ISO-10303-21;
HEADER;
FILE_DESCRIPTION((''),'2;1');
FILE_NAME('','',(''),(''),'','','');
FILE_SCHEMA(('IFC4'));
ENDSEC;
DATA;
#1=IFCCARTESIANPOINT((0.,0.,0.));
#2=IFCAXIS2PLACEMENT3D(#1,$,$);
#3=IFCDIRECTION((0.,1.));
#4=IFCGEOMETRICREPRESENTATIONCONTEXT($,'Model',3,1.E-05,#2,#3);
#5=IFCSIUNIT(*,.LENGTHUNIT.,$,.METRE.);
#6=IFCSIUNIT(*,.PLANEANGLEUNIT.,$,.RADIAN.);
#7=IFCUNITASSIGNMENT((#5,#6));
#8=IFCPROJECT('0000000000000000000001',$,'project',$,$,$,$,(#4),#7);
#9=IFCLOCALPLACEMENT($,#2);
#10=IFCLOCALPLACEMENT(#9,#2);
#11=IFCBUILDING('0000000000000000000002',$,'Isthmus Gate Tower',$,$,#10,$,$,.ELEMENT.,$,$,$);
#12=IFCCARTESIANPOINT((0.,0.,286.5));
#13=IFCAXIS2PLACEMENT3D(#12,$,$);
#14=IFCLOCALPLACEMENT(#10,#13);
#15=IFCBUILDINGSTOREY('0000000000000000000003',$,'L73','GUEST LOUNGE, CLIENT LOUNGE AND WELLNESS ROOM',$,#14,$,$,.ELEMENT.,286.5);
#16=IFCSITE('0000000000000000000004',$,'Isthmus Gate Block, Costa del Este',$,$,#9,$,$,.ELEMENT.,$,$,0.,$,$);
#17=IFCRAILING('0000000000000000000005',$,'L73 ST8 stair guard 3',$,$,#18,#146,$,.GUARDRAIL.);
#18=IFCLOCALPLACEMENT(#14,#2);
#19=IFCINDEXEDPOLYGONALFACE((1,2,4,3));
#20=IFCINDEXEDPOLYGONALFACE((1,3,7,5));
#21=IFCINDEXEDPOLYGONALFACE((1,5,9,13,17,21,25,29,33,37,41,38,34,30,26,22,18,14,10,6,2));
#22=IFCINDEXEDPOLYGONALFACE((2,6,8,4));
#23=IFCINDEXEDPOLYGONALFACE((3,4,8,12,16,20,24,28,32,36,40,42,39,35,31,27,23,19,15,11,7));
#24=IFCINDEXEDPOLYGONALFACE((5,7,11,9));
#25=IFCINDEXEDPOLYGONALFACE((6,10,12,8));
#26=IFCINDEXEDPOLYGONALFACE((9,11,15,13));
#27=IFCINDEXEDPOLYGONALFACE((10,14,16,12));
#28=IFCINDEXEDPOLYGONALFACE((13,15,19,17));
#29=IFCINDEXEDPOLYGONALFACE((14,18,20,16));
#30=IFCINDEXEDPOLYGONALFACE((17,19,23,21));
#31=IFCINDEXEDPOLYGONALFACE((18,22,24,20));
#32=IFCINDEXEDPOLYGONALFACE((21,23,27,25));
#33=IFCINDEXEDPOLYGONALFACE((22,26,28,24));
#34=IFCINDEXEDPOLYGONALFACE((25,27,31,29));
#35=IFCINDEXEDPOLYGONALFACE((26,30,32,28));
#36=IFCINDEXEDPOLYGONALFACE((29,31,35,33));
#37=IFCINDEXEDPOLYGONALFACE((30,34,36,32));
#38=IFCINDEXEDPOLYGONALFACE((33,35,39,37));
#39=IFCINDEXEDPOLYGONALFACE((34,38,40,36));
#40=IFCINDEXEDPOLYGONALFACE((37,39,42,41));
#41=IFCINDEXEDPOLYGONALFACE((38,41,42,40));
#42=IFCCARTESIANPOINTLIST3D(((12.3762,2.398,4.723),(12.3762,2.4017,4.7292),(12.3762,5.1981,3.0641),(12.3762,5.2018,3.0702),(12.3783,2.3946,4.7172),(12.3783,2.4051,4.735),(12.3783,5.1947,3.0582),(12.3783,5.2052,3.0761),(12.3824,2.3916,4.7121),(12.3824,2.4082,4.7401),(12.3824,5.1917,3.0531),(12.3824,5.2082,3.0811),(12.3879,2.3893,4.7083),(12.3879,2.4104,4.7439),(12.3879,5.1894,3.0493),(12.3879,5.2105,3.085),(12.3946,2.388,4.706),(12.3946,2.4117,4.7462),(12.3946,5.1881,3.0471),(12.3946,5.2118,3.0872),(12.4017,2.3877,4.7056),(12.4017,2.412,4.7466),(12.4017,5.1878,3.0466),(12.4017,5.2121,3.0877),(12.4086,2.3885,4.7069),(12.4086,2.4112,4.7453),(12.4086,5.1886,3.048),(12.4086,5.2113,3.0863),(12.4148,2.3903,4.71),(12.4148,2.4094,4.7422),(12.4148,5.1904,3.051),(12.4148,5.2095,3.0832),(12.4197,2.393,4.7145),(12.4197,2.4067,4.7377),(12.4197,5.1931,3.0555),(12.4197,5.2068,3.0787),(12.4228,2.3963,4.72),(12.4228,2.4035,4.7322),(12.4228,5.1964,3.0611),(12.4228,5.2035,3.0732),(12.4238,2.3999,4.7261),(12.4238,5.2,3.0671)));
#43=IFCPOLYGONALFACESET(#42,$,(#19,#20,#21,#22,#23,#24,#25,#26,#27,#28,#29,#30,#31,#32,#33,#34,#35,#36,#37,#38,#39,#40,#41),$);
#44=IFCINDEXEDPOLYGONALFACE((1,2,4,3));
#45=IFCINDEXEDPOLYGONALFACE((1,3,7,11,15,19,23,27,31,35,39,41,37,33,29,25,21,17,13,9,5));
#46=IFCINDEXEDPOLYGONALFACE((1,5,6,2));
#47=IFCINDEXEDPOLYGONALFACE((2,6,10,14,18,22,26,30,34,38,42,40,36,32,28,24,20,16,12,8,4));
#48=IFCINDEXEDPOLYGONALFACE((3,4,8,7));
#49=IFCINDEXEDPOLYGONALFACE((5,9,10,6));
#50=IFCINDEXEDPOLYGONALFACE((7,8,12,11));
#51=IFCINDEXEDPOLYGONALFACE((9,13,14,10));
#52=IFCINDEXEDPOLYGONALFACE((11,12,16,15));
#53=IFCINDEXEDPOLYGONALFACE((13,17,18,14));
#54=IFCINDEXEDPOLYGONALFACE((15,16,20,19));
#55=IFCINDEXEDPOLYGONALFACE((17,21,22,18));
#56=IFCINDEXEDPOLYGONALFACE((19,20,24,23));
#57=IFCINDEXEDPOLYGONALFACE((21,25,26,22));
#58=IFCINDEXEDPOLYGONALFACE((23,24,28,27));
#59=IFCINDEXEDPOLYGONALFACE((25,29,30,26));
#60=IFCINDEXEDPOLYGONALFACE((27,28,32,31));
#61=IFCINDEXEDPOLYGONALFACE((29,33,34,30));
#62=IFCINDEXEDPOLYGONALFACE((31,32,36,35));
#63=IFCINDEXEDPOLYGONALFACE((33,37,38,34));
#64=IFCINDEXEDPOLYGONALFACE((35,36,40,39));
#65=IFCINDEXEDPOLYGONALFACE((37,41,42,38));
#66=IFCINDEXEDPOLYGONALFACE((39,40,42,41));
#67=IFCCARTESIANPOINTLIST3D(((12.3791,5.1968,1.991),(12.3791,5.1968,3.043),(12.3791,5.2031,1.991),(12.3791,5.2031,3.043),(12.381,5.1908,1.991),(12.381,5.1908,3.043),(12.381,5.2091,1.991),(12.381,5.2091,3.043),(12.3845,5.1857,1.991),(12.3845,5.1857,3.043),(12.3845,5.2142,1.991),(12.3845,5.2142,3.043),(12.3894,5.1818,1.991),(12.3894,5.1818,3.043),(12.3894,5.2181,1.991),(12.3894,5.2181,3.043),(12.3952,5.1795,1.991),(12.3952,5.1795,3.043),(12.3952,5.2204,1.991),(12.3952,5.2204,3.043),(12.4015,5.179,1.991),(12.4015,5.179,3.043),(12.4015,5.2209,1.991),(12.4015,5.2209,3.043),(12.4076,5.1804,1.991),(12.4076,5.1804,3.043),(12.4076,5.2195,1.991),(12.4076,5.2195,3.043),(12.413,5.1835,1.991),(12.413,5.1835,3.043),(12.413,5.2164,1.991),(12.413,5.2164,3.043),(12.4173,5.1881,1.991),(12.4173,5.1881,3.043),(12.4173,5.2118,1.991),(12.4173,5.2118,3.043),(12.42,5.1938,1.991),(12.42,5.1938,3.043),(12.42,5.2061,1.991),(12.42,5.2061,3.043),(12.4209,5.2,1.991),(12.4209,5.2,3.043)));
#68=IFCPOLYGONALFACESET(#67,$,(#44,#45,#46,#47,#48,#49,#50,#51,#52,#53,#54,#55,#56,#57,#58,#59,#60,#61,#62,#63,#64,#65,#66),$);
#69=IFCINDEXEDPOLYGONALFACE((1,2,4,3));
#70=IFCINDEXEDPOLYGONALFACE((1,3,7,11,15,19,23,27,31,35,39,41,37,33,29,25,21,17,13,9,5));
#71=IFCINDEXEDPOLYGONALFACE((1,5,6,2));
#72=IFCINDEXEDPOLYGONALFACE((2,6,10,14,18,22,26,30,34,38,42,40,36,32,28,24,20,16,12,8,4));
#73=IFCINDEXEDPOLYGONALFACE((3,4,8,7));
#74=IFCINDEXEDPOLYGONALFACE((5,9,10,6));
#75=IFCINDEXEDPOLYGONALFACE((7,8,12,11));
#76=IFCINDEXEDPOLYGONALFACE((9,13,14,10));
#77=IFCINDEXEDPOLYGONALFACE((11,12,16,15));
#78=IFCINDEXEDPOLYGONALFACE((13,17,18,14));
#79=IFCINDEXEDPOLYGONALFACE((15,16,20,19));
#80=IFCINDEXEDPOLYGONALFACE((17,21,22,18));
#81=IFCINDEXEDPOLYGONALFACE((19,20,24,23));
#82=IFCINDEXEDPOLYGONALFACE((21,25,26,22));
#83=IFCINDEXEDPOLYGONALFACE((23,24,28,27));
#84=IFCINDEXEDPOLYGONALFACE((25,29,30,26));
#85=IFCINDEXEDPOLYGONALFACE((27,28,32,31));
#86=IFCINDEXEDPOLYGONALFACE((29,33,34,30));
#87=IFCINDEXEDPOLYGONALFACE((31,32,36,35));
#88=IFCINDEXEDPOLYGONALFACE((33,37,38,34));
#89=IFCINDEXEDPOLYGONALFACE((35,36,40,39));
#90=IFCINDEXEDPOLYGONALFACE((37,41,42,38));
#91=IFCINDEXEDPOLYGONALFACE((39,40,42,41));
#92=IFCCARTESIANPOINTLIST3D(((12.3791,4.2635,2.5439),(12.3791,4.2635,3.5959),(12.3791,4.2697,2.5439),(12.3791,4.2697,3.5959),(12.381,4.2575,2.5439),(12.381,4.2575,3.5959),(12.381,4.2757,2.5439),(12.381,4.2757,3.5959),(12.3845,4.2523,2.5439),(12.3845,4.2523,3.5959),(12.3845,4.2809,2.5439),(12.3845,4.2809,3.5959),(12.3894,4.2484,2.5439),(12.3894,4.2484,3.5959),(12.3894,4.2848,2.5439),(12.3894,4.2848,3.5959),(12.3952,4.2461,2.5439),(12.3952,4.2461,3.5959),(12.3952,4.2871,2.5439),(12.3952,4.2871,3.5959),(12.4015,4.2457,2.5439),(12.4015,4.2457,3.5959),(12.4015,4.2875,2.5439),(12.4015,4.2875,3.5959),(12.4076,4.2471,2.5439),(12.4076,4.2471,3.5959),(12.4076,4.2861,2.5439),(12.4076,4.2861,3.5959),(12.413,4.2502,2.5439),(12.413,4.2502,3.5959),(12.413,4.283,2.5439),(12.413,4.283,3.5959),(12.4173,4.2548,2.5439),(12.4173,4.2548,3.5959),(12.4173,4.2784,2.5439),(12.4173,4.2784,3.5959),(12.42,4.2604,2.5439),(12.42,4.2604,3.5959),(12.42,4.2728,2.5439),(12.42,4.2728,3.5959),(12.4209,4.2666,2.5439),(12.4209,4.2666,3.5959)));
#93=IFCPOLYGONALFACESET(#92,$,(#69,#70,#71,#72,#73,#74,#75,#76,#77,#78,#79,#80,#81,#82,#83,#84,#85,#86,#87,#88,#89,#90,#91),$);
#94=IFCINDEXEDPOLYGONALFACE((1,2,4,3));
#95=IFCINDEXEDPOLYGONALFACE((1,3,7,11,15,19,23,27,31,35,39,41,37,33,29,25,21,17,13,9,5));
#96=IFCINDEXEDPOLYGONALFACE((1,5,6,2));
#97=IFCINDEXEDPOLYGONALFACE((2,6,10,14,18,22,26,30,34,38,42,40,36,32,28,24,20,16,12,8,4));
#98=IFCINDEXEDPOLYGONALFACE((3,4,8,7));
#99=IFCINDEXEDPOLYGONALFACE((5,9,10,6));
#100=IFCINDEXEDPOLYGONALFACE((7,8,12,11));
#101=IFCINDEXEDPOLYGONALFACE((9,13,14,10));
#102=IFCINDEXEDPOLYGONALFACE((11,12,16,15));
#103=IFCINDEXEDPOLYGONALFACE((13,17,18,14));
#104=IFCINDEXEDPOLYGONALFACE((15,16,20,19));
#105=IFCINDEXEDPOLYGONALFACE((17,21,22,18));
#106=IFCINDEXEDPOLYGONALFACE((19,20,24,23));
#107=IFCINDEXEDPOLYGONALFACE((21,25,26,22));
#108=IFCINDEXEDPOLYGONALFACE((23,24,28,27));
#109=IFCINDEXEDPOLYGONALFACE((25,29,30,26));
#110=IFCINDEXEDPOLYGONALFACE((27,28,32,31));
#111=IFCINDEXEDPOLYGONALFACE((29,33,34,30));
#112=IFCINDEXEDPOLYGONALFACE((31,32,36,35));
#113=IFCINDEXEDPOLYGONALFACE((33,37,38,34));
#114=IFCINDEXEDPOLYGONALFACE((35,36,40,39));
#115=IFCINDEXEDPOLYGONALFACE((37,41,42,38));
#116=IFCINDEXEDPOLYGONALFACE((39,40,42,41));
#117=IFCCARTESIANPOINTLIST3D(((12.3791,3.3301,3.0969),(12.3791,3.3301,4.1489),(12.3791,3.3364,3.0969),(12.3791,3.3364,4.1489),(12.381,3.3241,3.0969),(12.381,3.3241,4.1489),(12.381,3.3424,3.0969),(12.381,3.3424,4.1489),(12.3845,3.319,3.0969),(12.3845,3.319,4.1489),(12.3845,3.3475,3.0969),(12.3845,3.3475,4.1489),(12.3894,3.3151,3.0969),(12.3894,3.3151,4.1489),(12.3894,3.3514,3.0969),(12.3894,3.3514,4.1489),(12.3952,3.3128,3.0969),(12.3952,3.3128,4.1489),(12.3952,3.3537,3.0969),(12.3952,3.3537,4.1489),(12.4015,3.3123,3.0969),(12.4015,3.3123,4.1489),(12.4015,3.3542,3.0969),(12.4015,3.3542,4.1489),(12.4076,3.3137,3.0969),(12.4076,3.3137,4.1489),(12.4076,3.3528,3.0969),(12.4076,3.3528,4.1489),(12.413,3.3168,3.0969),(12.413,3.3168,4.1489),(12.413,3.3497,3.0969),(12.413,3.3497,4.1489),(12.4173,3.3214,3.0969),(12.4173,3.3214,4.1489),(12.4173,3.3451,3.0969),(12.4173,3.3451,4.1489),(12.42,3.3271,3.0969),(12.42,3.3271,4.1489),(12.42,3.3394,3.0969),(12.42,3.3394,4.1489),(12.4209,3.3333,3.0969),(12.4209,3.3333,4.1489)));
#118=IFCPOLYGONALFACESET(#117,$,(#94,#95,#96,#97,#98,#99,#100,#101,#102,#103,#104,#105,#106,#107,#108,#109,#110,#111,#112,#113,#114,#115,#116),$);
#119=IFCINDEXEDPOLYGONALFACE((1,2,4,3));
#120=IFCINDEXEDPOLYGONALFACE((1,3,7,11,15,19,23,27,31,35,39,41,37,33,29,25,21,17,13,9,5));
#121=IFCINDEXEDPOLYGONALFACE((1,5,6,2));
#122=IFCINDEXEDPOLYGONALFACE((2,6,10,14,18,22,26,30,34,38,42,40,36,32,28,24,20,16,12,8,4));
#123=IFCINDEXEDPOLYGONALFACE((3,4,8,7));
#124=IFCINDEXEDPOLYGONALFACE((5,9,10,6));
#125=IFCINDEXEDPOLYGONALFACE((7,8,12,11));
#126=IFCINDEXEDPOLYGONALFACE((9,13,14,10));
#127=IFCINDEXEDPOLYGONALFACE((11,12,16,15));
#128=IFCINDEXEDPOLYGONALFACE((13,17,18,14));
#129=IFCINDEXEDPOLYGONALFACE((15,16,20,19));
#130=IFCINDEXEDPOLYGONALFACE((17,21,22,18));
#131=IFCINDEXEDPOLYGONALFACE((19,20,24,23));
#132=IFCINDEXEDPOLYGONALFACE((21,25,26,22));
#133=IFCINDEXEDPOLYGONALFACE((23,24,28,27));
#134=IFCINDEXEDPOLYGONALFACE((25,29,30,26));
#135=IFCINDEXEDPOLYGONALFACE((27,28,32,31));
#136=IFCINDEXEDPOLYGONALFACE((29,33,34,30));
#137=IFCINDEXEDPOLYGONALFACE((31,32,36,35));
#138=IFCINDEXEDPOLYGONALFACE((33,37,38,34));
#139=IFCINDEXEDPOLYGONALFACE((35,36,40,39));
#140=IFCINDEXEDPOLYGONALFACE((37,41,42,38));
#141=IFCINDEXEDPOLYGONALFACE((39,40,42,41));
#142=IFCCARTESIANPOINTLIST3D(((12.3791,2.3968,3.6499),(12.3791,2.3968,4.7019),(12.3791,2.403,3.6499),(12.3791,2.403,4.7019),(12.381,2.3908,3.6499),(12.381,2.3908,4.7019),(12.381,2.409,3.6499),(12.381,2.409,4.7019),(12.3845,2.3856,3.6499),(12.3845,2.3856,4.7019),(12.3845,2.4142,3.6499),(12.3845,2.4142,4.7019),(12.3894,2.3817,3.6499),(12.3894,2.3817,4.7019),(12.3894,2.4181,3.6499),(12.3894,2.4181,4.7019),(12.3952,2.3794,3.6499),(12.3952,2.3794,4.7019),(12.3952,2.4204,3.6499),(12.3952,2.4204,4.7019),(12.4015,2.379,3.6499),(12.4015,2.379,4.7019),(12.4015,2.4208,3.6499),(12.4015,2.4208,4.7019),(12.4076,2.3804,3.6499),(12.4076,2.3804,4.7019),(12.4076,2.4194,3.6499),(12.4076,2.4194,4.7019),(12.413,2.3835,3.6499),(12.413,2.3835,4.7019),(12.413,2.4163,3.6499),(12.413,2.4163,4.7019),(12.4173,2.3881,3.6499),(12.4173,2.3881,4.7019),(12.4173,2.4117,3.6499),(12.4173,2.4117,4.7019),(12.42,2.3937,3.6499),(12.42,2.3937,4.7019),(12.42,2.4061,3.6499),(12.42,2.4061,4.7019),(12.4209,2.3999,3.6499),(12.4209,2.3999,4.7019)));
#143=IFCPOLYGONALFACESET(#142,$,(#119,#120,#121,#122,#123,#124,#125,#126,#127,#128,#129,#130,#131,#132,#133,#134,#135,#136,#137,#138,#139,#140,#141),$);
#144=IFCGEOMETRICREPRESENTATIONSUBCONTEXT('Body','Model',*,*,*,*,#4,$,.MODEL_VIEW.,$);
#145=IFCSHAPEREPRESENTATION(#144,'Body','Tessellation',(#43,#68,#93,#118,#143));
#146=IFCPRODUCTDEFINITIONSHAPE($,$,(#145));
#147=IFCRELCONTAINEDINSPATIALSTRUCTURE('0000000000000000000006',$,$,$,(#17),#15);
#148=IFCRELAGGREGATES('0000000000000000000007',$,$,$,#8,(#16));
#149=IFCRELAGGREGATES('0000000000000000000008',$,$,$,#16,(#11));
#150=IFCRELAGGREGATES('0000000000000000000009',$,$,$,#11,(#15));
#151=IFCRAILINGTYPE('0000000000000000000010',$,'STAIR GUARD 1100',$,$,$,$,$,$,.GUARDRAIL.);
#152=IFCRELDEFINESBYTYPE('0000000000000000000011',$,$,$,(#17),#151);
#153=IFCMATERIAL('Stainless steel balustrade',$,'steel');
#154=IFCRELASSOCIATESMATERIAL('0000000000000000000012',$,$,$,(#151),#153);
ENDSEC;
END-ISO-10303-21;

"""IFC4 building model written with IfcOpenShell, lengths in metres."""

from ifc_helpers import new_model, si_unit, direction, frame, origin, origin_2d, place, context, subcontext, project, spatial, circle, extrude, material, type_object, element, save


model = new_model("IFC4")

# Units and contexts
model_context = context("Model", 3, precision=1e-05, world=origin(), true_north=direction((0.0, 1.0)))
body_context = subcontext(model_context, "Body", "Model", "MODEL_VIEW")
ifc_project = project(units=[si_unit("LENGTHUNIT", "METRE"), si_unit("PLANEANGLEUNIT", "RADIAN")], contexts=[model_context])

# Site, building, storey
site_placement = place(None, origin())
site = spatial("IfcSite", under=ifc_project, at=site_placement, Name="Isthmus Gate Block, Costa del Este", CompositionType="ELEMENT", RefElevation=0.0)
building_placement = place(site_placement, origin())
building = spatial("IfcBuilding", under=site, at=building_placement, Name="Isthmus Gate Tower", CompositionType="ELEMENT")
storey_placement = place(building_placement, frame((0.0, 0.0, 286.5)))
storey = spatial("IfcBuildingStorey", under=building, at=storey_placement, Name="L73", Description="GUEST LOUNGE, CLIENT LOUNGE AND WELLNESS ROOM", CompositionType="ELEMENT", Elevation=286.5)

# Railing
ifc_material_1 = material(Name="Stainless steel balustrade", Category="steel")
railing_type_1 = type_object("IfcRailingType", Name="STAIR GUARD 1100", PredefinedType="GUARDRAIL", material=ifc_material_1)
railing_1_placement = place(storey_placement, frame((12.3999, 5.2, 1.991)))
element("IfcRailing", 1, at=railing_1_placement, inside=storey, type_object=railing_type_1, Name="L73 ST8 stair guard 3", PredefinedType="GUARDRAIL", context=body_context, shape_type="SweptSolid", body=[
    extrude(circle(Radius=0.0239, at=origin_2d()), frame((0.0, 0.0, 1.0762), z_axis=(0.0, -0.860339, 0.509722), x_axis=(1.0, 0.0, 0.0)), (0.0, 0.0, 1.0), 3.2546),
    extrude(circle(Radius=0.021, at=origin_2d()), origin(), (0.0, 0.0, 1.0), 1.052),
    extrude(circle(Radius=0.021, at=origin_2d()), frame((0.0, -0.9333, 0.553)), (0.0, 0.0, 1.0), 1.052),
    extrude(circle(Radius=0.021, at=origin_2d()), frame((0.0, -1.8667, 1.106)), (0.0, 0.0, 1.0), 1.052),
    extrude(circle(Radius=0.021, at=origin_2d()), frame((0.0, -2.8, 1.6589)), (0.0, 0.0, 1.0), 1.052),
])

save(model, "model.ifc")
